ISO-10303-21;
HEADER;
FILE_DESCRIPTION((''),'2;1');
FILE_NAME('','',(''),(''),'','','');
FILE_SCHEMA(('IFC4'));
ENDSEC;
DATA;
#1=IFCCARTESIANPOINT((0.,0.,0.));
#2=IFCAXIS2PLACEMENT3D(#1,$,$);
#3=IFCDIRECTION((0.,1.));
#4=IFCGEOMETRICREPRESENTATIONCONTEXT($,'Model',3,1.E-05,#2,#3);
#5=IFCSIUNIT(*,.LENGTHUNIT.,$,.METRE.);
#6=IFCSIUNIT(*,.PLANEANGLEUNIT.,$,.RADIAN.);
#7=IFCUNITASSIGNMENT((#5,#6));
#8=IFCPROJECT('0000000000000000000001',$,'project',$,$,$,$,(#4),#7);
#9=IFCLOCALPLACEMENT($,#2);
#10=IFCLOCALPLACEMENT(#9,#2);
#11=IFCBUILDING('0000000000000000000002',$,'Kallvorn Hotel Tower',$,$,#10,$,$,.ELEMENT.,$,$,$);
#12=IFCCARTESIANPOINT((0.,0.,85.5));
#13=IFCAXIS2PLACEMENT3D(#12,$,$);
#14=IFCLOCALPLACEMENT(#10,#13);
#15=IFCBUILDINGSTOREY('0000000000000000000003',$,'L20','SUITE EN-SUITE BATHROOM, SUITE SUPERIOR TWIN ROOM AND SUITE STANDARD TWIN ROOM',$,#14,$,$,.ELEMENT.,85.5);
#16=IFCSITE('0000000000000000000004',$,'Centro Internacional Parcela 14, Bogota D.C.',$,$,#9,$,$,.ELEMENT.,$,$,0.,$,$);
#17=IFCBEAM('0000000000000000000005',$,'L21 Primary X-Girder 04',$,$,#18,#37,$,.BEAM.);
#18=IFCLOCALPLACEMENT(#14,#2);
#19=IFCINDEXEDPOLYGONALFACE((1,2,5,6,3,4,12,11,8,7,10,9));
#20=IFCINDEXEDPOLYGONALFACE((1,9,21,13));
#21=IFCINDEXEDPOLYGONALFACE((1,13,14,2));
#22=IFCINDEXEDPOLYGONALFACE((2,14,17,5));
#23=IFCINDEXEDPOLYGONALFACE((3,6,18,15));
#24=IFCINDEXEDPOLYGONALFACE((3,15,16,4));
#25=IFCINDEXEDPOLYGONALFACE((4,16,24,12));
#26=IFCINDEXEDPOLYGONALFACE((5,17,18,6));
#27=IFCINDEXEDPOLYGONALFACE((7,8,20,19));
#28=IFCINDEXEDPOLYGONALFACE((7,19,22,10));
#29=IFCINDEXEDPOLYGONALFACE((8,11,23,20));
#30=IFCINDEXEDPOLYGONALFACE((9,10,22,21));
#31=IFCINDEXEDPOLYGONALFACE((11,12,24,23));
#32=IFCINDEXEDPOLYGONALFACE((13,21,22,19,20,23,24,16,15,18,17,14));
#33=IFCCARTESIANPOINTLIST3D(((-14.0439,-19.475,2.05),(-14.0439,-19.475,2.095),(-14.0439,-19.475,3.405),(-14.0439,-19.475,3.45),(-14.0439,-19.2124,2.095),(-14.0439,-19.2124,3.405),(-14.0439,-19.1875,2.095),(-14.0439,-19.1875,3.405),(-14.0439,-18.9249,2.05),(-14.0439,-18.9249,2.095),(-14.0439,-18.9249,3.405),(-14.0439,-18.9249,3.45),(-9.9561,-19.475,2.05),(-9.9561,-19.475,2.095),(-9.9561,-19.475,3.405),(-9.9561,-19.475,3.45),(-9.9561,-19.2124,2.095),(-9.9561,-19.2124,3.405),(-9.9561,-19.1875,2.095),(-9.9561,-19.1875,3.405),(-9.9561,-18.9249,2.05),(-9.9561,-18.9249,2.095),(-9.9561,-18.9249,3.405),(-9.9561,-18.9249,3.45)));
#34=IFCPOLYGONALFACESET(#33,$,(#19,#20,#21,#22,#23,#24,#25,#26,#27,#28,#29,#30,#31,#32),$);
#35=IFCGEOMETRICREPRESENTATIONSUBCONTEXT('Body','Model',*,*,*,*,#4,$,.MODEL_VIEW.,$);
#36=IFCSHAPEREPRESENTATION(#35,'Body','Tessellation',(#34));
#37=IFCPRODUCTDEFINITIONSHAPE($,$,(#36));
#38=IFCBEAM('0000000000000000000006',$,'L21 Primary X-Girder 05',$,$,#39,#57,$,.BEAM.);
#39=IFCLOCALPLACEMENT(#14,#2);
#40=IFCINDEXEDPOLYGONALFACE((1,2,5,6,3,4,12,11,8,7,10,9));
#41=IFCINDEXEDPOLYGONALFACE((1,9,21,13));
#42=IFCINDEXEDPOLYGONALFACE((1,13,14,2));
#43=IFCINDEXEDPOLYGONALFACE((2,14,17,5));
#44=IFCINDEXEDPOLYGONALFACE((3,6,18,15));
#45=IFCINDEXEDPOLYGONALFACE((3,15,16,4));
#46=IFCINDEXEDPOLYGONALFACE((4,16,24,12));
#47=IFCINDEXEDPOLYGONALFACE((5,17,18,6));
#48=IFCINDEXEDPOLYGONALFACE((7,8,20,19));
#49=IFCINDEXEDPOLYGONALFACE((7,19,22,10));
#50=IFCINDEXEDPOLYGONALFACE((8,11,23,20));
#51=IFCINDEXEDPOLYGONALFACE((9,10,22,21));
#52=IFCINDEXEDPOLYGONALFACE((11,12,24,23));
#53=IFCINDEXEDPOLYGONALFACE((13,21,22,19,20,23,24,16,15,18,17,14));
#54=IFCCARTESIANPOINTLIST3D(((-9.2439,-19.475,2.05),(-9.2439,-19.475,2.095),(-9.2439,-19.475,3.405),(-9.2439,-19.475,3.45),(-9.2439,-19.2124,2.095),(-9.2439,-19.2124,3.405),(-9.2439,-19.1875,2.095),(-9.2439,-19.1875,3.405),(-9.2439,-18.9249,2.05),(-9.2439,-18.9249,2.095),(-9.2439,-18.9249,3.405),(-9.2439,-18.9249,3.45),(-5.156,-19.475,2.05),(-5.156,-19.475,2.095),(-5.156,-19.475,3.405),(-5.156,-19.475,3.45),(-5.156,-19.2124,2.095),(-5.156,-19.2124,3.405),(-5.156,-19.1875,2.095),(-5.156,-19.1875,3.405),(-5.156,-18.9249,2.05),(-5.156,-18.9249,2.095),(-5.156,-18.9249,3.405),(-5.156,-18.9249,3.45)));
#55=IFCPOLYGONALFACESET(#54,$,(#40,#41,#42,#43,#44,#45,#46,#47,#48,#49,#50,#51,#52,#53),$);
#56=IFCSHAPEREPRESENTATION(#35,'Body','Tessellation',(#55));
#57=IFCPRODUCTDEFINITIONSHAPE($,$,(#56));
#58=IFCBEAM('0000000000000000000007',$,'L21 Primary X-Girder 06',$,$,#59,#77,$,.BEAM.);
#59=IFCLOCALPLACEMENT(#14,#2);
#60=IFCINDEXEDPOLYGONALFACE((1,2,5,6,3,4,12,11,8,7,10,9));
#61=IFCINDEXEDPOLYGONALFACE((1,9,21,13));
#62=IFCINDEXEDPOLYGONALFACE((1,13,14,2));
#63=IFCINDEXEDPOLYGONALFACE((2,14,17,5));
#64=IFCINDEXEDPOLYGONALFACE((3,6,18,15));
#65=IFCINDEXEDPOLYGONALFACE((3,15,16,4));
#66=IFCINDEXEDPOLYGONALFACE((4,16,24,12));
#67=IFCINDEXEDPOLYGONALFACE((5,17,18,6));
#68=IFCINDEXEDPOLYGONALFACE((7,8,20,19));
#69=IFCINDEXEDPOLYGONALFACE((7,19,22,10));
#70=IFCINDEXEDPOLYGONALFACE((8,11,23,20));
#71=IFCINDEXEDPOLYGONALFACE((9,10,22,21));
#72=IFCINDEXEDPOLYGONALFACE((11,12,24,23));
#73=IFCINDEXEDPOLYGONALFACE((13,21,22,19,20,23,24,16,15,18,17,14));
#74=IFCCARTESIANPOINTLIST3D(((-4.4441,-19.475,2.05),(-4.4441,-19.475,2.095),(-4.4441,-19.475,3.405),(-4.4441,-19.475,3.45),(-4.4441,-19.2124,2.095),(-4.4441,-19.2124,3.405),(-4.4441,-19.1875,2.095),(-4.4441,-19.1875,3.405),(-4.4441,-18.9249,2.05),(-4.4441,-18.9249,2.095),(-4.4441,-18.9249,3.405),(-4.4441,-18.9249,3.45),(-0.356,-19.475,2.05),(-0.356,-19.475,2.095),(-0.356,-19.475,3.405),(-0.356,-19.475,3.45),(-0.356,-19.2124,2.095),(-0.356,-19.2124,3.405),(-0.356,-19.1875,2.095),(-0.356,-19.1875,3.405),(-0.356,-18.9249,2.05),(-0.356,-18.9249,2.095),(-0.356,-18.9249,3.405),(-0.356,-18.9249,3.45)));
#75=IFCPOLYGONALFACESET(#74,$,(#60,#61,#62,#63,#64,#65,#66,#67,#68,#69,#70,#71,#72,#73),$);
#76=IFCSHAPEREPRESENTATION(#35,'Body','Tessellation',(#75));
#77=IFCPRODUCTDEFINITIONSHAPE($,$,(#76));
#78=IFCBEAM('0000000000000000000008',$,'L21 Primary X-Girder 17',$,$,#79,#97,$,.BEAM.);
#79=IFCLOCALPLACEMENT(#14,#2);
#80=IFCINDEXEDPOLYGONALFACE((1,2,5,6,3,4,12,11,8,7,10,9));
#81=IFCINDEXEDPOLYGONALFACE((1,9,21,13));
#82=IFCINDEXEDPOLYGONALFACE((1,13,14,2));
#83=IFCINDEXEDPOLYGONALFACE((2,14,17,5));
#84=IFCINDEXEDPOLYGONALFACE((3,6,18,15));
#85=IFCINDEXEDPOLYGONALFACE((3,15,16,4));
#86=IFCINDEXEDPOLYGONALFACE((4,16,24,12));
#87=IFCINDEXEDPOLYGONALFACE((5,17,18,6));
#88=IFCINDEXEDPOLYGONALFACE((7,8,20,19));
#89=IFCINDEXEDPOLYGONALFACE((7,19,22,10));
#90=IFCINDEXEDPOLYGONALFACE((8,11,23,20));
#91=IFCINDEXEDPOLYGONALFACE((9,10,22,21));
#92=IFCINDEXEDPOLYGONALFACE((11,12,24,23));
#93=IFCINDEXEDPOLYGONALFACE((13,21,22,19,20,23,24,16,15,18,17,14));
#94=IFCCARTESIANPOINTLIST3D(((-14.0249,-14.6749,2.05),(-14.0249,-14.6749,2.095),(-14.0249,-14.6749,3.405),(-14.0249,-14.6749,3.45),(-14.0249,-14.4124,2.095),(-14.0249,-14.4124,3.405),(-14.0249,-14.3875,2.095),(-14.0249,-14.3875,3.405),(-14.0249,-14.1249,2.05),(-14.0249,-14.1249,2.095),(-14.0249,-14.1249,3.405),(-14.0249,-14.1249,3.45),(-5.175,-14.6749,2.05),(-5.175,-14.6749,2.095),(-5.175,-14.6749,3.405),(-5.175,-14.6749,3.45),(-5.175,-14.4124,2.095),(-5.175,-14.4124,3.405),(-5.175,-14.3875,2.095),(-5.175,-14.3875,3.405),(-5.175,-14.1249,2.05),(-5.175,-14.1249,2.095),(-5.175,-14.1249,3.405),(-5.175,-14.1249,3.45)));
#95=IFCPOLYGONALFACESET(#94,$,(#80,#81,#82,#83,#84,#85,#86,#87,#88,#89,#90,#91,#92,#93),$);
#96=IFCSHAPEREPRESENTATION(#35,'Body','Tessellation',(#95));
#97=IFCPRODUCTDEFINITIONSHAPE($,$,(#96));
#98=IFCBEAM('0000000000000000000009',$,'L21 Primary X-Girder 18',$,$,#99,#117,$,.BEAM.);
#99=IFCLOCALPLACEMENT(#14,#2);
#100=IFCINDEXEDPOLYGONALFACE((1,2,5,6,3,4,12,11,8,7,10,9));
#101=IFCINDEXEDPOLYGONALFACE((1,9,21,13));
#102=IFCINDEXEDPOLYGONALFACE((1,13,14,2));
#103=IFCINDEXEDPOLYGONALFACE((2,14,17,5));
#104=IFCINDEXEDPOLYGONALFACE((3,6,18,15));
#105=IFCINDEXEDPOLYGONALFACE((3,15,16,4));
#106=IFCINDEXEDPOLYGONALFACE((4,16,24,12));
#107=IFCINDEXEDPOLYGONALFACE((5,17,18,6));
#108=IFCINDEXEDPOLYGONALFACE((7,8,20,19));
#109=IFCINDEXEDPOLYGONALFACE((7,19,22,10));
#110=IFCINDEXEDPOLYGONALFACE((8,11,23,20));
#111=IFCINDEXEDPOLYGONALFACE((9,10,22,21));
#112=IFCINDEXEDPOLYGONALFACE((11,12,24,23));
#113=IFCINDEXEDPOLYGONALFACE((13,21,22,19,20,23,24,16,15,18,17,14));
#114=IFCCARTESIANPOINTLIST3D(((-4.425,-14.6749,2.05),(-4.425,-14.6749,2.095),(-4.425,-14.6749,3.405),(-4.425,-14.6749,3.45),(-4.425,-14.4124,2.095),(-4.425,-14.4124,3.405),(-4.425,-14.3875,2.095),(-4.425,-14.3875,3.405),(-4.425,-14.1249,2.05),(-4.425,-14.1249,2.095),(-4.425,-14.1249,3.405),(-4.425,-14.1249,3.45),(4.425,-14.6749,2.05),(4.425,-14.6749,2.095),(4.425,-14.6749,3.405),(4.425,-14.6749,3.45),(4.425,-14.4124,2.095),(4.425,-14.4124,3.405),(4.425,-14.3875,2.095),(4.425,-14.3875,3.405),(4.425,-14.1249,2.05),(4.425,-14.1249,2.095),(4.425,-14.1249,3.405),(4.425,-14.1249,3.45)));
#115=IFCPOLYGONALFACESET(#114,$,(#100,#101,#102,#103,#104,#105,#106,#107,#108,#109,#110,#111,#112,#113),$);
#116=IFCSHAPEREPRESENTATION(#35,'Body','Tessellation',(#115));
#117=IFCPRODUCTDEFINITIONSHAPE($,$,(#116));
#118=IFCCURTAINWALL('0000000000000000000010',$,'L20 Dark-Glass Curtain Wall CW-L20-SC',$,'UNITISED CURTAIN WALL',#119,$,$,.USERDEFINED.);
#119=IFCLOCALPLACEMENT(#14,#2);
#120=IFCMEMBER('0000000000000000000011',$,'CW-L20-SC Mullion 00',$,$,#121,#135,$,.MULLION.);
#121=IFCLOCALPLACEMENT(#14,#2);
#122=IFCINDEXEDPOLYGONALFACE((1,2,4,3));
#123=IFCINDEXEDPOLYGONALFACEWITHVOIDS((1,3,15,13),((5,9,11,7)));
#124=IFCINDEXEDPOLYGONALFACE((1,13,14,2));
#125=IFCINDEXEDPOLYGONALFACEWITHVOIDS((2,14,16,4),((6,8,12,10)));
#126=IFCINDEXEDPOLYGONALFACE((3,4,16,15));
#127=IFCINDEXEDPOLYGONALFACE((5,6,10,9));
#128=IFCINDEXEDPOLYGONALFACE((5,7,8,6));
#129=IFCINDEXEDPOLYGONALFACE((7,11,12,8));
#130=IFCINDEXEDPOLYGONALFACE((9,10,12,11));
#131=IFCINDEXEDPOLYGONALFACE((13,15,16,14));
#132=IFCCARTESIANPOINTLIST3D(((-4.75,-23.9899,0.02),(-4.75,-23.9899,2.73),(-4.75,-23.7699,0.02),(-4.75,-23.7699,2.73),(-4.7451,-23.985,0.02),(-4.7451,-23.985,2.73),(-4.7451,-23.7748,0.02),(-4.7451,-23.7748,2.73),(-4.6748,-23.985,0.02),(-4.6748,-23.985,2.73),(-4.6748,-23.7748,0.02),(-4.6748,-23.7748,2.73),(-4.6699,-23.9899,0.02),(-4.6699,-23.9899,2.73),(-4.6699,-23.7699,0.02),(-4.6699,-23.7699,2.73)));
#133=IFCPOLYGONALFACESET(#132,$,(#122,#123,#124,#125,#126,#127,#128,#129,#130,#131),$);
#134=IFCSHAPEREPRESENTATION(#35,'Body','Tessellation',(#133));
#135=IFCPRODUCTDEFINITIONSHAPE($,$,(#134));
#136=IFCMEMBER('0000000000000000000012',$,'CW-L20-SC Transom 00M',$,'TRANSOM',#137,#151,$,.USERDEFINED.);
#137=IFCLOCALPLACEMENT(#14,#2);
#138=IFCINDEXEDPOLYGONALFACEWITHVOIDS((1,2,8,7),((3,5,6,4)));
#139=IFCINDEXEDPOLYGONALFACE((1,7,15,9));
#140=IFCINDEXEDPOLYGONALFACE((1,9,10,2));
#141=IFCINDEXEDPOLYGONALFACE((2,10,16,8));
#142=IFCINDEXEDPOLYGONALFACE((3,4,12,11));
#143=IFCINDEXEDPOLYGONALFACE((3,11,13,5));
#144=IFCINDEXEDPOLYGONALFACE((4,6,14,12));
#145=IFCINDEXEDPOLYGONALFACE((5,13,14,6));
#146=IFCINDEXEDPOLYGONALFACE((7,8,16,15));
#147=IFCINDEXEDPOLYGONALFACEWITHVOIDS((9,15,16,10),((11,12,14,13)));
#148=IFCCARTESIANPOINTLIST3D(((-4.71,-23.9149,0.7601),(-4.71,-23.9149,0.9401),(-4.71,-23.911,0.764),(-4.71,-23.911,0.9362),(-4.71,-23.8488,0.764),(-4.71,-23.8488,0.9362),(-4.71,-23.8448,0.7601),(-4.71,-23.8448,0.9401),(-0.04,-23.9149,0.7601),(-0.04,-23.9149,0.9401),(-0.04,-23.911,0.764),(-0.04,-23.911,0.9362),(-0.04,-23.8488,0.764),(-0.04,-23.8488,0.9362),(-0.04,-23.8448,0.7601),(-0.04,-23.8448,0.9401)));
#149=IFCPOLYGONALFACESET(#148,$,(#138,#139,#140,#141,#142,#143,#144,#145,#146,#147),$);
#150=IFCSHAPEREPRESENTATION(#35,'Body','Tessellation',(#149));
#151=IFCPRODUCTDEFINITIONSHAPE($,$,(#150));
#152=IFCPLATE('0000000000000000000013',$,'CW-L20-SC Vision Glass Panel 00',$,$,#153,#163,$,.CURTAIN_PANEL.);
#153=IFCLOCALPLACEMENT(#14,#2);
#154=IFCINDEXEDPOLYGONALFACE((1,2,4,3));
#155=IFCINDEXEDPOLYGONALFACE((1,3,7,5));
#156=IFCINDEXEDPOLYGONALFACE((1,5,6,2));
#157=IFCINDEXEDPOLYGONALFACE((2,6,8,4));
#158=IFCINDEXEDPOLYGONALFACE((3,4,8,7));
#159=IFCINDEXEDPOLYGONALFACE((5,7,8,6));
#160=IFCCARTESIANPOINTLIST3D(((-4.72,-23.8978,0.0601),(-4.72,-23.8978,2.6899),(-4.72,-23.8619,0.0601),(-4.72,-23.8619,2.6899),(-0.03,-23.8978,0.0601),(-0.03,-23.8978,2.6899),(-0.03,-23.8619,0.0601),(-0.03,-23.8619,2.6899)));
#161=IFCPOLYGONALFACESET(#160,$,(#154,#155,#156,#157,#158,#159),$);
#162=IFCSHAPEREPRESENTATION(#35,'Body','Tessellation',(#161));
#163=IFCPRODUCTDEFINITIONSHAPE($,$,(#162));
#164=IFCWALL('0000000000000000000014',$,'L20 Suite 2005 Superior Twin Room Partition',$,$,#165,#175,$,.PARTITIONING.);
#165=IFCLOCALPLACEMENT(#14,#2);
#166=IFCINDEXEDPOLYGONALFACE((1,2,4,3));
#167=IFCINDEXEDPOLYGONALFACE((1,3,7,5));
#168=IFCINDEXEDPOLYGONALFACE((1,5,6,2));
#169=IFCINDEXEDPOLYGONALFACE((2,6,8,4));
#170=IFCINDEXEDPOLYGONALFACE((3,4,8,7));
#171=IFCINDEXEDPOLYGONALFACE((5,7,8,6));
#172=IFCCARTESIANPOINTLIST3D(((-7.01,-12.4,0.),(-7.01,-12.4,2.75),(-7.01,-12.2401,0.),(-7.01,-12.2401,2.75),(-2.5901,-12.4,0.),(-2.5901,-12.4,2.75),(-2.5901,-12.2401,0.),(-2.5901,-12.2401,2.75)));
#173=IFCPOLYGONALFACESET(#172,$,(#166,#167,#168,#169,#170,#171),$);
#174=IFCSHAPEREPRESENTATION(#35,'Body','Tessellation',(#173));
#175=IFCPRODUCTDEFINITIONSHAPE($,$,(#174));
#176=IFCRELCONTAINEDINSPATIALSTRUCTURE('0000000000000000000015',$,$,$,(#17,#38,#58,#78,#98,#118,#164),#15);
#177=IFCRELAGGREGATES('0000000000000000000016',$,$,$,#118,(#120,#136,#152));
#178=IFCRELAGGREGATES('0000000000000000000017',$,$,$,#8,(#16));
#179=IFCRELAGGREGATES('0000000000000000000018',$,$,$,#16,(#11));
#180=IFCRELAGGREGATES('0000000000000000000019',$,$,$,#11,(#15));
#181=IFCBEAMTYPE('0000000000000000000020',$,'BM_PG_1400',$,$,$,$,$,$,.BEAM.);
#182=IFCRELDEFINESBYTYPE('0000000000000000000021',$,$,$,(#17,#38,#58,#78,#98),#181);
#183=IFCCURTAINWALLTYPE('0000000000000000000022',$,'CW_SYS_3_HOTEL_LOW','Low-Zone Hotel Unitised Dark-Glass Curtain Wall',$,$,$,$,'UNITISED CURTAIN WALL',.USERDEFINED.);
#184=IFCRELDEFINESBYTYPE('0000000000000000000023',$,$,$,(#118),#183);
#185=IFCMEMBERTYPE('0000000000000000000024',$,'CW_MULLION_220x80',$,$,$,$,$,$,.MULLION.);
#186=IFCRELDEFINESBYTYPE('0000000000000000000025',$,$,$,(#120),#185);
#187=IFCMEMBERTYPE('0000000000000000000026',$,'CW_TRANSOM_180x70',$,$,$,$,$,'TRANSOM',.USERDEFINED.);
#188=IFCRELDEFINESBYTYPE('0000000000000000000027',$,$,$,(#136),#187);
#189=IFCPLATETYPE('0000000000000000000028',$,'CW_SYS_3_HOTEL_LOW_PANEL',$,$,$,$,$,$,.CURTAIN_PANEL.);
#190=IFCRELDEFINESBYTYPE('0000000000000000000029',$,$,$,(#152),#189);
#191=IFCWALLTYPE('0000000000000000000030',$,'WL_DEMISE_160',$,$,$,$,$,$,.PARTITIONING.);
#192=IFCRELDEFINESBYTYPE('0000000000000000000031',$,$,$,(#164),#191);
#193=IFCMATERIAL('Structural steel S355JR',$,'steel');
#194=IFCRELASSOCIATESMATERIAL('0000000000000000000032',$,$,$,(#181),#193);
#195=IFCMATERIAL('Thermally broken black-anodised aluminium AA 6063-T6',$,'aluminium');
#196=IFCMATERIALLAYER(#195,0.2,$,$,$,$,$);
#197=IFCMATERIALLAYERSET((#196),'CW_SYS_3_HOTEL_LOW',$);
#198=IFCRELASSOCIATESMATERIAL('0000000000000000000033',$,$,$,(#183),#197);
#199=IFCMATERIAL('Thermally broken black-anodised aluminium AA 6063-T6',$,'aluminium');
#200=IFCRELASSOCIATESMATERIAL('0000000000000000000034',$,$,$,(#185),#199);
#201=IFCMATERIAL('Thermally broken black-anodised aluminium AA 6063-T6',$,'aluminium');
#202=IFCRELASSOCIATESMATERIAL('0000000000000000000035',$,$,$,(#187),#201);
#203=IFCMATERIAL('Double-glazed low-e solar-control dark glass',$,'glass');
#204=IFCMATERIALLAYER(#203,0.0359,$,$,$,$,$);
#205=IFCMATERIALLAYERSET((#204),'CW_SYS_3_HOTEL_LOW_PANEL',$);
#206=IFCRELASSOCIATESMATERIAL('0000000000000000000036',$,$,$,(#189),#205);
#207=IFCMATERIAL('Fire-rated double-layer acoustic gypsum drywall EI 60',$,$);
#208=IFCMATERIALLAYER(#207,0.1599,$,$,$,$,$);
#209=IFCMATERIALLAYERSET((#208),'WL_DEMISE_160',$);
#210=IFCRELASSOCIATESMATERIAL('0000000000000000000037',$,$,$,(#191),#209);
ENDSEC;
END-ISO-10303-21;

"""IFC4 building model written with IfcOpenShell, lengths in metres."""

from ifc_helpers import new_model, si_unit, direction, frame, frame_2d, origin, origin_2d, place, context, subcontext, project, spatial, rectangle, hollow_rectangle, i_section, extrude, material, layer, layer_set, material_profile, profile_set, type_object, element, aggregate, save


model = new_model("IFC4")

# Units and contexts
model_context = context("Model", 3, precision=1e-05, world=origin(), true_north=direction((0.0, 1.0)))
body_context = subcontext(model_context, "Body", "Model", "MODEL_VIEW")
ifc_project = project(units=[si_unit("LENGTHUNIT", "METRE"), si_unit("PLANEANGLEUNIT", "RADIAN")], contexts=[model_context])

# Site, building, storey
site_placement = place(None, origin())
site = spatial("IfcSite", under=ifc_project, at=site_placement, Name="Centro Internacional Parcela 14, Bogota D.C.", CompositionType="ELEMENT", RefElevation=0.0)
building_placement = place(site_placement, origin())
building = spatial("IfcBuilding", under=site, at=building_placement, Name="Kallvorn Hotel Tower", CompositionType="ELEMENT")
storey_placement = place(building_placement, frame((0.0, 0.0, 85.5)))
storey = spatial("IfcBuildingStorey", under=building, at=storey_placement, Name="L20", Description="SUITE EN-SUITE BATHROOM, SUITE SUPERIOR TWIN ROOM AND SUITE STANDARD TWIN ROOM", CompositionType="ELEMENT", Elevation=85.5)

# Beams
ifc_material_1 = material(Name="Structural steel S355JR", Category="steel")
ifc_material_profile_1 = material_profile(ifc_material_1, i_section(OverallWidth=0.55, OverallDepth=1.3999, WebThickness=0.0249, FlangeThickness=0.0449, at=origin_2d()), Name="PG 1400x550x25x45")
ifc_profile_set_1 = profile_set([ifc_material_profile_1], Name="Structural steel S355JR")
beam_type_1 = type_object("IfcBeamType", Name="BM_PG_1400", PredefinedType="BEAM", material=ifc_profile_set_1)
for number, where, z_axis, x_axis, name in (
    (1, (-14.0439, -19.2, 2.75), (1.0, 0.0, 0.0), (0.0, 1.0, 0.0), "L21 Primary X-Girder 04"),
    (2, (-9.2439, -19.2, 2.75), (1.0, 0.0, 0.0), (0.0, 1.0, 0.0), "L21 Primary X-Girder 05"),
):
    element("IfcBeam", number, at=place(storey_placement, frame(where, z_axis=z_axis, x_axis=x_axis)), inside=storey, type_object=beam_type_1, Name=name, PredefinedType="BEAM", context=body_context, shape_type="SweptSolid", body=[
        extrude(i_section(OverallWidth=0.55, OverallDepth=1.3999, WebThickness=0.0249, FlangeThickness=0.0449, at=origin_2d()), origin(), (0.0, 0.0, 1.0), 4.0879),
    ])
beam_1_placement = place(storey_placement, frame((-4.4441, -19.2, 2.75), z_axis=(1.0, 0.0, 0.0), x_axis=(0.0, 1.0, 0.0)))
element("IfcBeam", 3, at=beam_1_placement, inside=storey, type_object=beam_type_1, Name="L21 Primary X-Girder 06", PredefinedType="BEAM", context=body_context, shape_type="SweptSolid", body=[
    extrude(i_section(OverallWidth=0.55, OverallDepth=1.3999, WebThickness=0.0249, FlangeThickness=0.0449, at=origin_2d()), origin(), (0.0, 0.0, 1.0), 4.0881),
])
beam_2_placement = place(storey_placement, frame((-14.0249, -14.3999, 2.75), z_axis=(1.0, 0.0, 0.0), x_axis=(0.0, 1.0, 0.0)))
element("IfcBeam", 4, at=beam_2_placement, inside=storey, type_object=beam_type_1, Name="L21 Primary X-Girder 17", PredefinedType="BEAM", context=body_context, shape_type="SweptSolid", body=[
    extrude(i_section(OverallWidth=0.55, OverallDepth=1.3999, WebThickness=0.0249, FlangeThickness=0.0449, at=origin_2d()), origin(), (0.0, 0.0, 1.0), 8.8499),
])
beam_3_placement = place(storey_placement, frame((-4.425, -14.3999, 2.75), z_axis=(1.0, 0.0, 0.0), x_axis=(0.0, 1.0, 0.0)))
element("IfcBeam", 5, at=beam_3_placement, inside=storey, type_object=beam_type_1, Name="L21 Primary X-Girder 18", PredefinedType="BEAM", context=body_context, shape_type="SweptSolid", body=[
    extrude(i_section(OverallWidth=0.55, OverallDepth=1.3999, WebThickness=0.0249, FlangeThickness=0.0449, at=origin_2d()), origin(), (0.0, 0.0, 1.0), 8.8501),
])

# Curtain wall, members, plate
ifc_material_2 = material(Name="Thermally broken black-anodised aluminium AA 6063-T6", Category="aluminium")
ifc_layer_1 = layer(ifc_material_2, 0.2)
ifc_layer_set_1 = layer_set([ifc_layer_1], Name="CW_SYS_3_HOTEL_LOW")
curtain_wall_type = type_object("IfcCurtainWallType", Name="CW_SYS_3_HOTEL_LOW", Description="Low-Zone Hotel Unitised Dark-Glass Curtain Wall", ElementType="UNITISED CURTAIN WALL", PredefinedType="USERDEFINED", material=ifc_layer_set_1)
curtain_wall_placement = place(storey_placement, origin())
curtain_wall = element("IfcCurtainWall", 6, at=curtain_wall_placement, inside=storey, type_object=curtain_wall_type, Name="L20 Dark-Glass Curtain Wall CW-L20-SC", ObjectType="UNITISED CURTAIN WALL", PredefinedType="USERDEFINED")
ifc_material_3 = material(Name="Thermally broken black-anodised aluminium AA 6063-T6", Category="aluminium")
ifc_material_profile_2 = material_profile(ifc_material_3, hollow_rectangle(XDim=0.0801, YDim=0.22, WallThickness=0.0049, at=origin_2d()), Name="MUL 220x80")
ifc_profile_set_2 = profile_set([ifc_material_profile_2], Name="Thermally broken black-anodised aluminium AA 6063-T6")
member_type_1 = type_object("IfcMemberType", Name="CW_MULLION_220x80", PredefinedType="MULLION", material=ifc_profile_set_2)
member_1_placement = place(storey_placement, frame((-4.71, -23.8799, 0.02), z_axis=(0.0, 0.0, 1.0), x_axis=(1.0, 0.0, 0.0)))
member_1 = element("IfcMember", 7, at=member_1_placement, type_object=member_type_1, Name="CW-L20-SC Mullion 00", PredefinedType="MULLION", context=body_context, shape_type="SweptSolid", body=[
    extrude(hollow_rectangle(XDim=0.0801, YDim=0.22, WallThickness=0.0049, at=origin_2d()), origin(), (0.0, 0.0, 1.0), 2.71),
])
ifc_material_4 = material(Name="Thermally broken black-anodised aluminium AA 6063-T6", Category="aluminium")
ifc_material_profile_3 = material_profile(ifc_material_4, hollow_rectangle(XDim=0.0701, YDim=0.1799, WallThickness=0.0039, at=origin_2d()), Name="TRN 180x70")
ifc_profile_set_3 = profile_set([ifc_material_profile_3], Name="Thermally broken black-anodised aluminium AA 6063-T6")
member_type_2 = type_object("IfcMemberType", Name="CW_TRANSOM_180x70", ElementType="TRANSOM", PredefinedType="USERDEFINED", material=ifc_profile_set_3)
member_2_placement = place(storey_placement, frame((-4.71, -23.8799, 0.8501), z_axis=(1.0, 0.0, 0.0), x_axis=(0.0, 1.0, 0.0)))
member_2 = element("IfcMember", 8, at=member_2_placement, type_object=member_type_2, Name="CW-L20-SC Transom 00M", ObjectType="TRANSOM", PredefinedType="USERDEFINED", context=body_context, shape_type="SweptSolid", body=[
    extrude(hollow_rectangle(XDim=0.0701, YDim=0.1799, WallThickness=0.0039, at=origin_2d()), origin(), (0.0, 0.0, 1.0), 4.6699),
])
ifc_material_5 = material(Name="Double-glazed low-e solar-control dark glass", Category="glass")
ifc_layer_2 = layer(ifc_material_5, 0.0359)
ifc_layer_set_2 = layer_set([ifc_layer_2], Name="CW_SYS_3_HOTEL_LOW_PANEL")
plate_type = type_object("IfcPlateType", Name="CW_SYS_3_HOTEL_LOW_PANEL", PredefinedType="CURTAIN_PANEL", material=ifc_layer_set_2)
plate_placement = place(storey_placement, frame((-2.375, -23.8799, 0.0601), z_axis=(0.0, 0.0, 1.0), x_axis=(1.0, 0.0, 0.0)))
plate = element("IfcPlate", 9, at=plate_placement, type_object=plate_type, Name="CW-L20-SC Vision Glass Panel 00", PredefinedType="CURTAIN_PANEL", context=body_context, shape_type="SweptSolid", body=[
    extrude(rectangle(XDim=4.6899, YDim=0.0359, at=origin_2d()), origin(), (0.0, 0.0, 1.0), 2.6299),
])
aggregate(curtain_wall, [member_1, member_2, plate])

# Wall
ifc_material_6 = material(Name="Fire-rated double-layer acoustic gypsum drywall EI 60")
ifc_layer_3 = layer(ifc_material_6, 0.1599)
ifc_layer_set_3 = layer_set([ifc_layer_3], Name="WL_DEMISE_160")
wall_type = type_object("IfcWallType", Name="WL_DEMISE_160", PredefinedType="PARTITIONING", material=ifc_layer_set_3)
wall_1_placement = place(storey_placement, frame((-7.01, -12.3201, 0.0), z_axis=(0.0, 0.0, 1.0), x_axis=(1.0, 0.0, 0.0)))
element("IfcWall", 10, at=wall_1_placement, inside=storey, type_object=wall_type, Name="L20 Suite 2005 Superior Twin Room Partition", PredefinedType="PARTITIONING", context=body_context, shape_type="SweptSolid", body=[
    extrude(rectangle(XDim=4.4199, YDim=0.1599, at=frame_2d((2.21, 0.0))), origin(), (0.0, 0.0, 1.0), 2.75),
])

save(model, "model.ifc")
